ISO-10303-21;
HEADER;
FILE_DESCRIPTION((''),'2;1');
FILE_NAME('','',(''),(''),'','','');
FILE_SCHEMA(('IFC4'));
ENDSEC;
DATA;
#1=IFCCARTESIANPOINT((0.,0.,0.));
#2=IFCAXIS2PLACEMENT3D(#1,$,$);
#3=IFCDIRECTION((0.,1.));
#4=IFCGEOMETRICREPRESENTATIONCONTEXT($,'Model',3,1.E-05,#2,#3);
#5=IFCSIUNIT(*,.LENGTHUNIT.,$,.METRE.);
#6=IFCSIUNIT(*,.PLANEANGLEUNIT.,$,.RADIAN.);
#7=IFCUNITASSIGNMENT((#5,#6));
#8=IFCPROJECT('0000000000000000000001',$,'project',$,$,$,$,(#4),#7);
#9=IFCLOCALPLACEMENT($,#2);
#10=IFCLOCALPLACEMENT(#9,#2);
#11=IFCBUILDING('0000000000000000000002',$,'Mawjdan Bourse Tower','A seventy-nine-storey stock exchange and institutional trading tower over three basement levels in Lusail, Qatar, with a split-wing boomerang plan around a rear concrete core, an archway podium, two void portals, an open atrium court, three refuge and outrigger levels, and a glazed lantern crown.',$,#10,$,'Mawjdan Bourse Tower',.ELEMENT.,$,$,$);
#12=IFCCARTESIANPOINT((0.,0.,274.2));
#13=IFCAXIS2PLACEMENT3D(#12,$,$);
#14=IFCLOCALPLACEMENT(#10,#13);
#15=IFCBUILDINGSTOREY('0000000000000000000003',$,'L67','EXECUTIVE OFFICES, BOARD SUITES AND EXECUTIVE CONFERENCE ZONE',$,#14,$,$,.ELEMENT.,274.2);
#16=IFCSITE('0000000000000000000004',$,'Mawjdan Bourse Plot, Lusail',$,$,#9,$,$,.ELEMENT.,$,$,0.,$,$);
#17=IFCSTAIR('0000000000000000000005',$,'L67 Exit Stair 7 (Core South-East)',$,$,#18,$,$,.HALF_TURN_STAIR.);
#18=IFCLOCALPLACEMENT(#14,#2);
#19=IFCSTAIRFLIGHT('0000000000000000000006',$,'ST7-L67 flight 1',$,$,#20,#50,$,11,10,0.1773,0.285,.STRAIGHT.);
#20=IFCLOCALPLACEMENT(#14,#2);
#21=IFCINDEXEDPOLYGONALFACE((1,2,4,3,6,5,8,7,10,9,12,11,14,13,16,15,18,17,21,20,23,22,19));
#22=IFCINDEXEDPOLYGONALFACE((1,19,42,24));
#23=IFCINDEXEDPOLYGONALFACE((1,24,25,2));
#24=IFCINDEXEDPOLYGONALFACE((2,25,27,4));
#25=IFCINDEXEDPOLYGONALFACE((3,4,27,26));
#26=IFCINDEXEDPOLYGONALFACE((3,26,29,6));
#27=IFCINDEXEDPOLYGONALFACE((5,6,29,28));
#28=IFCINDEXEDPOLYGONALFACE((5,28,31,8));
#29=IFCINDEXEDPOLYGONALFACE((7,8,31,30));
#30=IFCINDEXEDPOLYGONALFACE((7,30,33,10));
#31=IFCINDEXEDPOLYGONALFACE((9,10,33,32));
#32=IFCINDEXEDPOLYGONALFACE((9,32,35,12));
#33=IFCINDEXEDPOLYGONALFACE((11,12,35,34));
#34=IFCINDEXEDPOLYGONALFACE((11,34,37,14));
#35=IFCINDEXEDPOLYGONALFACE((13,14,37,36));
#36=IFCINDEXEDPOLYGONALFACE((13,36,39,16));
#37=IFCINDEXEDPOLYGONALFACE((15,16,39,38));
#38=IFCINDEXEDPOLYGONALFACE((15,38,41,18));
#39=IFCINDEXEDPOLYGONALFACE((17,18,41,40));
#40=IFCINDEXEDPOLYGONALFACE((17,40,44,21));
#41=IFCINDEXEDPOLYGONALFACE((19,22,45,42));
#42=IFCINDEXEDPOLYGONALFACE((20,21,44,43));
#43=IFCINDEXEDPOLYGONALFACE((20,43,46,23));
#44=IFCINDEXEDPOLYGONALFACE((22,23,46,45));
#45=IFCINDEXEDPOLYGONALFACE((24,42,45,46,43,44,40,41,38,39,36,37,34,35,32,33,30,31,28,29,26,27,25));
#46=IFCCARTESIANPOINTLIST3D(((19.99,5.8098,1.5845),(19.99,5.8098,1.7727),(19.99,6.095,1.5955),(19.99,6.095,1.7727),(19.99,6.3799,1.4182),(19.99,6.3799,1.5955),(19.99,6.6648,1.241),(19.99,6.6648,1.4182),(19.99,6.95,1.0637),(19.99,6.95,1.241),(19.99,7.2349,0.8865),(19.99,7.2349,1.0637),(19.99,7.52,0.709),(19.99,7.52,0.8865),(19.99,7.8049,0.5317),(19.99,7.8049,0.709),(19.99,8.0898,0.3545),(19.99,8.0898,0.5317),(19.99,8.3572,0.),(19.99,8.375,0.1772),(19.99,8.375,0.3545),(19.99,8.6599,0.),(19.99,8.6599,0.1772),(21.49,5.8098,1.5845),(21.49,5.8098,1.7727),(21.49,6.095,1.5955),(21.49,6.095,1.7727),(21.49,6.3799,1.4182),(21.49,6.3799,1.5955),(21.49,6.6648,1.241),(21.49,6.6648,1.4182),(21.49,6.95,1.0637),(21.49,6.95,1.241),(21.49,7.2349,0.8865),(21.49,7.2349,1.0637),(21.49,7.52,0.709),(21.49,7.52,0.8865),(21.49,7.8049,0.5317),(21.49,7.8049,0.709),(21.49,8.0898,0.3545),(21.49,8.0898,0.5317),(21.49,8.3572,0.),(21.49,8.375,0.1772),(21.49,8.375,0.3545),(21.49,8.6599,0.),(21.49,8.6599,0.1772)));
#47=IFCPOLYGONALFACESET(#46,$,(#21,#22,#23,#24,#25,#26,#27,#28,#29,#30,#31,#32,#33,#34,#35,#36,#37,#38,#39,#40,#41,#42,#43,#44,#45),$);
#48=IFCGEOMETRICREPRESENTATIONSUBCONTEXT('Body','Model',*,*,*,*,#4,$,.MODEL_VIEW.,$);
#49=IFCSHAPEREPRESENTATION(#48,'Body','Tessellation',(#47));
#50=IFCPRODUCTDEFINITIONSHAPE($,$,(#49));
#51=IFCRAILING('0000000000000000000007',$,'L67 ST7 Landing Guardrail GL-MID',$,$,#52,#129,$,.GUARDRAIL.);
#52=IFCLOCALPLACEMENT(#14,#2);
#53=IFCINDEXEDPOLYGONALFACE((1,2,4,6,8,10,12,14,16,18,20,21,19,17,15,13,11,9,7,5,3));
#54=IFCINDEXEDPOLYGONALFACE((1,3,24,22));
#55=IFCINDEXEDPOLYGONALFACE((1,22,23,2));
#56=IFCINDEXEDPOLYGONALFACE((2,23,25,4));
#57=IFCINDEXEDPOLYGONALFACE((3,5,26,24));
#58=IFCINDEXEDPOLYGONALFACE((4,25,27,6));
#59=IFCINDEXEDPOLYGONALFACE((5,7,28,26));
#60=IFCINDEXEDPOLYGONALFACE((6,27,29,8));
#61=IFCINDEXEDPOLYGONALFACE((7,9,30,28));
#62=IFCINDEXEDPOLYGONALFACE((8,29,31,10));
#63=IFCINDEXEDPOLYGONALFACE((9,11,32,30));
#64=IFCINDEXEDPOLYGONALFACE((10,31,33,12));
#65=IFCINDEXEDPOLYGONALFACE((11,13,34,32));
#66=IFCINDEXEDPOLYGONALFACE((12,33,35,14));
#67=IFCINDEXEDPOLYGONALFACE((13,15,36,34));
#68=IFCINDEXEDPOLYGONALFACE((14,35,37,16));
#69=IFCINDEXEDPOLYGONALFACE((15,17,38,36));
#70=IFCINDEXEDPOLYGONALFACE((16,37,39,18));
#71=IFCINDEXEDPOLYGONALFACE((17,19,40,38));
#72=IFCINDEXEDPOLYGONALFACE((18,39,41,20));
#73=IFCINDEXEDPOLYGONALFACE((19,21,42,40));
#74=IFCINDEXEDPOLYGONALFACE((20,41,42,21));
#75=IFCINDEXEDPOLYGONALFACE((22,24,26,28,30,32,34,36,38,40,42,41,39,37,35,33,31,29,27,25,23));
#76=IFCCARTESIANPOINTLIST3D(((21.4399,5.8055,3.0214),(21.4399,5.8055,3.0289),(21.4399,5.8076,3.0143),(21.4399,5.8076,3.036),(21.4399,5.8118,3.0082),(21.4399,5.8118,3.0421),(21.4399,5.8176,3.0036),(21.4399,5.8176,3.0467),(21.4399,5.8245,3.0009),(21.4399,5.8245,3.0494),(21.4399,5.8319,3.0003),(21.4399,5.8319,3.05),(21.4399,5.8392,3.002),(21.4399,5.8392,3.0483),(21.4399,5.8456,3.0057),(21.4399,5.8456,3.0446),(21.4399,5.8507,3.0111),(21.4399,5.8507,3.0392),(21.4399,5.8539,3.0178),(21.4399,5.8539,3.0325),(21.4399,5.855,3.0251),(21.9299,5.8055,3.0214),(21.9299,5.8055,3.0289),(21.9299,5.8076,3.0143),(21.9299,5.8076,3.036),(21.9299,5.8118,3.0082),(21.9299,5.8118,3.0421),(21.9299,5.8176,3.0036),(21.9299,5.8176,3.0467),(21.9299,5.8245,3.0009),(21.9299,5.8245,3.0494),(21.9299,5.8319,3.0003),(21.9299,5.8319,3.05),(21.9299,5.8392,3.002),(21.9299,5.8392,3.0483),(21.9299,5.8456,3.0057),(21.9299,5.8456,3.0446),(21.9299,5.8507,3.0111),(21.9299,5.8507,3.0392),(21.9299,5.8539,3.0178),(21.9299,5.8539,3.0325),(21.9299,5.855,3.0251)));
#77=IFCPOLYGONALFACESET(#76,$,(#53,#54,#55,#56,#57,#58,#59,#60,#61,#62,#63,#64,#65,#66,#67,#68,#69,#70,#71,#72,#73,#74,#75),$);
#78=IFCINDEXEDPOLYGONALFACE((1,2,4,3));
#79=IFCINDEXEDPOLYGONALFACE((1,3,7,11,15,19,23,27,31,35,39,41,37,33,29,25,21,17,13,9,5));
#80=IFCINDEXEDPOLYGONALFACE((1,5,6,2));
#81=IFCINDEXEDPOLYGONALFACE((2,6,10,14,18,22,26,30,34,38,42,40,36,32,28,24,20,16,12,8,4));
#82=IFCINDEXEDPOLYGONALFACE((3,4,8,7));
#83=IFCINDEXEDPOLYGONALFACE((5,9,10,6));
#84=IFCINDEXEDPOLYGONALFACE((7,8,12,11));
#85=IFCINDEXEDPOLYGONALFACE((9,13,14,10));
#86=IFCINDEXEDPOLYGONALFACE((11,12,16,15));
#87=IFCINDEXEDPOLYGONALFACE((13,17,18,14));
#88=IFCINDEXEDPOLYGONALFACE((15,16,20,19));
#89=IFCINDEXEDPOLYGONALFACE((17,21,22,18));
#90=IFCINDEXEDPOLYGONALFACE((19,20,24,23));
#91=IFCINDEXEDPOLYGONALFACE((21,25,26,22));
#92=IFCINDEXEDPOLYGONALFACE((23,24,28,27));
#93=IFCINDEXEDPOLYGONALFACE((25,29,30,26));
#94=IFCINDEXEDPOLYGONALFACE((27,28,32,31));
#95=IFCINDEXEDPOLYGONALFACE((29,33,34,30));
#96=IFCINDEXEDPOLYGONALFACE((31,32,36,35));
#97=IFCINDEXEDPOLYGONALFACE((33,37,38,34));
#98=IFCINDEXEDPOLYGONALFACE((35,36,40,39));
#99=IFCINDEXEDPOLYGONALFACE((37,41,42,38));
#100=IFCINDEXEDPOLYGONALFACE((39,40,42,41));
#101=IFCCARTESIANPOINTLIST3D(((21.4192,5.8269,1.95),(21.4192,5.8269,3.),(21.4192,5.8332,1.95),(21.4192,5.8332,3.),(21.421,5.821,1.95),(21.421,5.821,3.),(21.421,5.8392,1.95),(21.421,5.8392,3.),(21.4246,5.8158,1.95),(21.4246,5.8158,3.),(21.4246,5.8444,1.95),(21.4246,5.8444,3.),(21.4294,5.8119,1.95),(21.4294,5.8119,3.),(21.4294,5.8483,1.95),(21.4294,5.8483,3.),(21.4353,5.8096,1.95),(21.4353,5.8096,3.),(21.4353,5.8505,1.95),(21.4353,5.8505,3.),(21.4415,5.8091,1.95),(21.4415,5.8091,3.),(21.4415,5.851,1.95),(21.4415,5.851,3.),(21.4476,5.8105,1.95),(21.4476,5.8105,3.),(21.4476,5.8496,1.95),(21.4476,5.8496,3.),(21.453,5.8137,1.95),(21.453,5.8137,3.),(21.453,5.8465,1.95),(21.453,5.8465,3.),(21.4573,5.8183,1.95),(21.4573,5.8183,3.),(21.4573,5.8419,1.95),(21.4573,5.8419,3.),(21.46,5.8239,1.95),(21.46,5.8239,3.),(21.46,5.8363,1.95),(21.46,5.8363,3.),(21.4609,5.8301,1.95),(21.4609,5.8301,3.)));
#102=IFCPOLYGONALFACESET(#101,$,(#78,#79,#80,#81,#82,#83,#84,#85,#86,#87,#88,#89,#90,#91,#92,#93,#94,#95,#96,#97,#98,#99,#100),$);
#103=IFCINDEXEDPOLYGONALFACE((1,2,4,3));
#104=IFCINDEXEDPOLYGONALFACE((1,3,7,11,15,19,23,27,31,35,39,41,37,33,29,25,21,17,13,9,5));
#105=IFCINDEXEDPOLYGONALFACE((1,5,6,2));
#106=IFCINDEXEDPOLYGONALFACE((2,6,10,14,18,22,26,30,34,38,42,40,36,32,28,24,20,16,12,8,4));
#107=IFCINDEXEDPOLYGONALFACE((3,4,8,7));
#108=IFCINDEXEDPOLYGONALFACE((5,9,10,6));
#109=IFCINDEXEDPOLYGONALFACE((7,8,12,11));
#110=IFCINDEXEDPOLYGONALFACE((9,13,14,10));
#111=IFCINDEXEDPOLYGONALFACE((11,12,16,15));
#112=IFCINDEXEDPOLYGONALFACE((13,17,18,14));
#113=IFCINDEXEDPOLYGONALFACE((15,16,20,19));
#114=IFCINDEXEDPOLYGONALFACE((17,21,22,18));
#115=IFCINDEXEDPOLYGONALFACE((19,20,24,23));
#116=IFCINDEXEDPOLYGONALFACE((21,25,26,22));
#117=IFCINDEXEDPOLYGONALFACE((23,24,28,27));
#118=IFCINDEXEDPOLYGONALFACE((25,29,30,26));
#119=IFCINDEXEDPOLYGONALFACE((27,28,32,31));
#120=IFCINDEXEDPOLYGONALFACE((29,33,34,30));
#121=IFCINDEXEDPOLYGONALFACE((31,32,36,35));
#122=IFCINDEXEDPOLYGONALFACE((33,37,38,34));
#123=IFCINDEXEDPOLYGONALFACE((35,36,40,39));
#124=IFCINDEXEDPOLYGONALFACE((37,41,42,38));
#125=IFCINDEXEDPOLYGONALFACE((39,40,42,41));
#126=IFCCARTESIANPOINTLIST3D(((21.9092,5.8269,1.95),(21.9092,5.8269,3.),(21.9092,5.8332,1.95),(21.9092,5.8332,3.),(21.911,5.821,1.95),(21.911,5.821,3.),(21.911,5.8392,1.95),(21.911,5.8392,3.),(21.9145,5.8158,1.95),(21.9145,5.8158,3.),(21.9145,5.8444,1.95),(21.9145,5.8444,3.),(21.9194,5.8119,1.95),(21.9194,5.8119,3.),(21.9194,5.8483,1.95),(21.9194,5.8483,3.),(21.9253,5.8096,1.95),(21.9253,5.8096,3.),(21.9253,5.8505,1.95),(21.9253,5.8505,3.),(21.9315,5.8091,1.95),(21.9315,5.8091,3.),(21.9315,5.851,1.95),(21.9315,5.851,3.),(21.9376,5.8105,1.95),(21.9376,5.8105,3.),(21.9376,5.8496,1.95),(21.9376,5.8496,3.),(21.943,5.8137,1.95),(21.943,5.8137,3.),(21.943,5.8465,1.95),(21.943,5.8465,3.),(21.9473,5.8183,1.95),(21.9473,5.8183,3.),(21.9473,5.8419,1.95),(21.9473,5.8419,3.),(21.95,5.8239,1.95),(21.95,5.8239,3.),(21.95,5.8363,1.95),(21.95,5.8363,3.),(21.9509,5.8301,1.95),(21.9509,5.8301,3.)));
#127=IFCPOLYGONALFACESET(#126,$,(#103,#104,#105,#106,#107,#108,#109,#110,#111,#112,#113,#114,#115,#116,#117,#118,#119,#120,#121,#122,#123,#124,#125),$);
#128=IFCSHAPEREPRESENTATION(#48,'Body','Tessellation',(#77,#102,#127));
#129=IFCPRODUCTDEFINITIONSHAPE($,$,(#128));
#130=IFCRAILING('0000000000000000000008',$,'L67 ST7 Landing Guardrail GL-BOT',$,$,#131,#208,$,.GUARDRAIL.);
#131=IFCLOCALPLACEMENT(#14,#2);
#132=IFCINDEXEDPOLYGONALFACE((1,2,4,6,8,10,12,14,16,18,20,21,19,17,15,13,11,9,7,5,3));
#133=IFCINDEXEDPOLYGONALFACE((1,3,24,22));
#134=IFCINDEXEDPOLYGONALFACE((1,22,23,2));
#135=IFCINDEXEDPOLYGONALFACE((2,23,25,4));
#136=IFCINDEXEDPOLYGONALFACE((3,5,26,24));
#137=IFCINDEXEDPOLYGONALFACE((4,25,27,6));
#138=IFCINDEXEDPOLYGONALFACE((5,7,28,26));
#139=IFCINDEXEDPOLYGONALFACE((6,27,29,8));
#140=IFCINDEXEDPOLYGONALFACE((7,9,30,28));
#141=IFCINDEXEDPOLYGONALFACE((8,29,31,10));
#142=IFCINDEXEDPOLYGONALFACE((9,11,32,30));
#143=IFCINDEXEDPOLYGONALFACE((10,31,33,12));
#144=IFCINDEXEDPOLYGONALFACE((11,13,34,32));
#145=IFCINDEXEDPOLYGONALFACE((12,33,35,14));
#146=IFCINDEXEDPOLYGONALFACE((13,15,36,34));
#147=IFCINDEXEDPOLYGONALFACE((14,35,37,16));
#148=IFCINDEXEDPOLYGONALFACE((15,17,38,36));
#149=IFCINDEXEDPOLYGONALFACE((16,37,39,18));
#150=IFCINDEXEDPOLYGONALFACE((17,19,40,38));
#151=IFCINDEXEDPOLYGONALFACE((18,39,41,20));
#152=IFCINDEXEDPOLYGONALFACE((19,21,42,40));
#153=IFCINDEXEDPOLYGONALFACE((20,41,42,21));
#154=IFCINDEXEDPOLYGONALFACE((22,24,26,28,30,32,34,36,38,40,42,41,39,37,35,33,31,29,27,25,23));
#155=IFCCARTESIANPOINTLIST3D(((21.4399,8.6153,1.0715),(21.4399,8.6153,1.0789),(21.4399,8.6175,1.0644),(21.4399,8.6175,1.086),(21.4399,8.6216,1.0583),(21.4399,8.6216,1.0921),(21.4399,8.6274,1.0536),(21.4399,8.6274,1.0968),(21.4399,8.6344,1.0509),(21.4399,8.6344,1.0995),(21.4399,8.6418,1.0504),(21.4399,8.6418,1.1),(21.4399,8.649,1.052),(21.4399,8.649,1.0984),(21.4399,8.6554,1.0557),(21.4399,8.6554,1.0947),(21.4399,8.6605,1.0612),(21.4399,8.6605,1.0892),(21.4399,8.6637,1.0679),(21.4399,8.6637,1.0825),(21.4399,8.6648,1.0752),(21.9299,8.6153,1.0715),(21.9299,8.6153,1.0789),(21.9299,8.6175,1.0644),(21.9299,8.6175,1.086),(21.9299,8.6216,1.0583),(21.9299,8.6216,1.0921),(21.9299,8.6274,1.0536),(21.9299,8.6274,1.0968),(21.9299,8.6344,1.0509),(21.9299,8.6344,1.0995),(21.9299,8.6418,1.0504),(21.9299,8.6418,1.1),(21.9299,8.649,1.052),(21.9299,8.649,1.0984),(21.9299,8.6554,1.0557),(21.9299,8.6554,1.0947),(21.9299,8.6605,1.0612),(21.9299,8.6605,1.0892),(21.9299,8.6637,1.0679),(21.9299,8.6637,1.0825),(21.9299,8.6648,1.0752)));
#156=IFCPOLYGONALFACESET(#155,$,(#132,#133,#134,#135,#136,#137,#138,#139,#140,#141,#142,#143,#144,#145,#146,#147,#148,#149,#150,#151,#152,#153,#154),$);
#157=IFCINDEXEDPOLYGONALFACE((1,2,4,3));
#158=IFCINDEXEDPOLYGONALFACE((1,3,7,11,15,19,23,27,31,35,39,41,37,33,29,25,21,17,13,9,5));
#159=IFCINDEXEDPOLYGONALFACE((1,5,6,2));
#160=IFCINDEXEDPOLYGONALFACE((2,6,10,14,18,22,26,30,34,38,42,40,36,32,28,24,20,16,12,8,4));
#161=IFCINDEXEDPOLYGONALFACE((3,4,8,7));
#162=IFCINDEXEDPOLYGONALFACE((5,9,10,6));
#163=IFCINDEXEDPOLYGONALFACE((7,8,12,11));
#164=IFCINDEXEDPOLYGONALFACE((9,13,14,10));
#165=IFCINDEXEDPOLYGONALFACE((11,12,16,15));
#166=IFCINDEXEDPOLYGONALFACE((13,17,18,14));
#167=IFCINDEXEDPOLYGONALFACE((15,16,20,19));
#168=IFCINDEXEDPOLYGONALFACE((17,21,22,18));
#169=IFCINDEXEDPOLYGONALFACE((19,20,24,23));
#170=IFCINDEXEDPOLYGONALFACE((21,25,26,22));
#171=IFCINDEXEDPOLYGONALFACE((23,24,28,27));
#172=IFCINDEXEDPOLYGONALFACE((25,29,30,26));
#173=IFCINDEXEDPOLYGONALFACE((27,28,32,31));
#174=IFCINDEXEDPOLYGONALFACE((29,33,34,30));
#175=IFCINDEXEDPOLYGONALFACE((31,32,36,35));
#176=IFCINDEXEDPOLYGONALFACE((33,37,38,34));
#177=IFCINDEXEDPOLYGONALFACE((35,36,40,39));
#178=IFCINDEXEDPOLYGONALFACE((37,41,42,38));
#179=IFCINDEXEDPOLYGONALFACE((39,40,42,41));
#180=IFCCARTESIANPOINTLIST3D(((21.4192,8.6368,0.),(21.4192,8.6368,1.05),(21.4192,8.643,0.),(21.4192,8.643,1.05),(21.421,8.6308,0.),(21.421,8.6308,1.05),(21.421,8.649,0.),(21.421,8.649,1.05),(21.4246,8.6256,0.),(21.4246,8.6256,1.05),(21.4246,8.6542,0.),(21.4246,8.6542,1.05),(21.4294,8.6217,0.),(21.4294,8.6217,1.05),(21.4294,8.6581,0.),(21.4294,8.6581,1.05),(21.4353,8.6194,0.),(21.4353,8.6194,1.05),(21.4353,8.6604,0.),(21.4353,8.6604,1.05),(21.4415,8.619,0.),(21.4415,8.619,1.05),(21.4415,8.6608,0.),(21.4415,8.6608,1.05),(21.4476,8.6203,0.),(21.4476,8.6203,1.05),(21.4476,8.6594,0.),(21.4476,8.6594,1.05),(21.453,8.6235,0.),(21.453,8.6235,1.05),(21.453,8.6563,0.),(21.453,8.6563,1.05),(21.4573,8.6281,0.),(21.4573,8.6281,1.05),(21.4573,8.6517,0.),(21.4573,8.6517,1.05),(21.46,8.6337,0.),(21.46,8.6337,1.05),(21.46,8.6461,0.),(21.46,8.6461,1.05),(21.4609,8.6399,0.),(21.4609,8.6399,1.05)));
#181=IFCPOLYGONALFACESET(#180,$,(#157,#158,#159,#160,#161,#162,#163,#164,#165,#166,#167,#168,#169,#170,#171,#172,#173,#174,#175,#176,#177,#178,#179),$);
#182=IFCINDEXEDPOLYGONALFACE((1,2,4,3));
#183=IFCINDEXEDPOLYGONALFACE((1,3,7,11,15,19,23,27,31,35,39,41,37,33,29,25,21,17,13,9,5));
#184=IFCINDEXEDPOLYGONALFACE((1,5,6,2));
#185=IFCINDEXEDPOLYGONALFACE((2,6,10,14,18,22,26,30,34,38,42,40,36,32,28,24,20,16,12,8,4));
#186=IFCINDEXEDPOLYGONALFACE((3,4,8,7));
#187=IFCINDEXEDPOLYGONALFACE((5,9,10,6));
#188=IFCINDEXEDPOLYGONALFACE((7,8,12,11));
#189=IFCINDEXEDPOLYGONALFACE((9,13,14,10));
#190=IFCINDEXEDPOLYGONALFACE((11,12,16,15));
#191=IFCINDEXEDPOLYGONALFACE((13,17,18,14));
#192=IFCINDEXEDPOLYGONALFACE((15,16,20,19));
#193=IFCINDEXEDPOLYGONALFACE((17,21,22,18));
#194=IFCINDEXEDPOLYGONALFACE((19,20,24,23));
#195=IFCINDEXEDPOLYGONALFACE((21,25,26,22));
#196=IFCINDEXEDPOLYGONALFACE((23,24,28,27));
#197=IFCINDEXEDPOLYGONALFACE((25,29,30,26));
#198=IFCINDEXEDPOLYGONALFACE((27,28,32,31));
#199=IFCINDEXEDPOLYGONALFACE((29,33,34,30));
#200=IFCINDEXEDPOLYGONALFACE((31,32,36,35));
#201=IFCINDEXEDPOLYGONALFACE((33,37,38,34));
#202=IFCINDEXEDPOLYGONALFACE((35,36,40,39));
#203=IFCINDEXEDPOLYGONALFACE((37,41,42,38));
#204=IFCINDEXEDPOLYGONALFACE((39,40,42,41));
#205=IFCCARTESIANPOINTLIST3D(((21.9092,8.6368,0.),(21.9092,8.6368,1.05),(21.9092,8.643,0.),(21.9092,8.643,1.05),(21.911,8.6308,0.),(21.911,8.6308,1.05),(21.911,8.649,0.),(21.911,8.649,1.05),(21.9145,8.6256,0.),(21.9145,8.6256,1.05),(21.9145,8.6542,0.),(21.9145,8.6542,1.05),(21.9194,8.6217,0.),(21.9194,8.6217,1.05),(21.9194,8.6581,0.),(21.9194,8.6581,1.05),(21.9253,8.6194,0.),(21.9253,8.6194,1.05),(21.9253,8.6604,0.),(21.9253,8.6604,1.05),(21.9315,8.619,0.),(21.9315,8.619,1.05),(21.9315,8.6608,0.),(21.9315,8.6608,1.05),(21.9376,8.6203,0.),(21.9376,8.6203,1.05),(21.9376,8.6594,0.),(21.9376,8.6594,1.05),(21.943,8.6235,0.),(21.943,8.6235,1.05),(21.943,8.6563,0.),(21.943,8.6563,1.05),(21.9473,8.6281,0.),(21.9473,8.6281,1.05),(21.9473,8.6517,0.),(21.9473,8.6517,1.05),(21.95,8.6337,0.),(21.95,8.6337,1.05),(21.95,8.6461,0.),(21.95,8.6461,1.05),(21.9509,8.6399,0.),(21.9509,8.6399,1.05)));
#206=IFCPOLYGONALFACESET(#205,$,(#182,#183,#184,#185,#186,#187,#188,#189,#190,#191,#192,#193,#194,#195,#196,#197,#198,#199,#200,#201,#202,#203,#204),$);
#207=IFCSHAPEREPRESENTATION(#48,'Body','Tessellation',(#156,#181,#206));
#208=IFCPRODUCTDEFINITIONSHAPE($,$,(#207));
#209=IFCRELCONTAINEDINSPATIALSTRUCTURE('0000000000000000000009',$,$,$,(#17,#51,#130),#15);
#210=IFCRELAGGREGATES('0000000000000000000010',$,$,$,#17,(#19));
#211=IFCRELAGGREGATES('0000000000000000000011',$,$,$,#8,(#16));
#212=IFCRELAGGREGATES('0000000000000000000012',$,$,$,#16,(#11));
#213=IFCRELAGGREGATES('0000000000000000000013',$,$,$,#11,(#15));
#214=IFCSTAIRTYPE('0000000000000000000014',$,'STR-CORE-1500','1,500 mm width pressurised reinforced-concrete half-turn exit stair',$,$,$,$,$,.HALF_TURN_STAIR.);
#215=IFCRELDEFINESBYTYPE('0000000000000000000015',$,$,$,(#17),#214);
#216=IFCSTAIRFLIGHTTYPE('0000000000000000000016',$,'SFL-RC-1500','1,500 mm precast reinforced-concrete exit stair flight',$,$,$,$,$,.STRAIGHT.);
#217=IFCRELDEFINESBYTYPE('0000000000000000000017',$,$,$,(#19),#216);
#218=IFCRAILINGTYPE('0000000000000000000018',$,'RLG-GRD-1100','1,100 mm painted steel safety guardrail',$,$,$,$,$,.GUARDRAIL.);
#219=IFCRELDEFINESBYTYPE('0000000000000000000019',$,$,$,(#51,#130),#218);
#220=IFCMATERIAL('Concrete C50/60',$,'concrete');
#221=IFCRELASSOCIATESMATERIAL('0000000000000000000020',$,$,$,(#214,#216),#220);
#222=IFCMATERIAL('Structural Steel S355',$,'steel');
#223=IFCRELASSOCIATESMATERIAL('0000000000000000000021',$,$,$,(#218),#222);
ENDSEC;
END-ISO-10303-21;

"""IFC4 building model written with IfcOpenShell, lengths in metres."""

from ifc_helpers import new_model, si_unit, direction, frame, origin, origin_2d, place, context, subcontext, project, spatial, polyline, circle, outline, extrude, material, type_object, element, aggregate, save


model = new_model("IFC4")

# Units and contexts
model_context = context("Model", 3, precision=1e-05, world=origin(), true_north=direction((0.0, 1.0)))
body_context = subcontext(model_context, "Body", "Model", "MODEL_VIEW")
ifc_project = project(units=[si_unit("LENGTHUNIT", "METRE"), si_unit("PLANEANGLEUNIT", "RADIAN")], contexts=[model_context])

# Site, building, storey
site_placement = place(None, origin())
site = spatial("IfcSite", under=ifc_project, at=site_placement, Name="Mawjdan Bourse Plot, Lusail", CompositionType="ELEMENT", RefElevation=0.0)
building_placement = place(site_placement, origin())
building = spatial("IfcBuilding", under=site, at=building_placement, Name="Mawjdan Bourse Tower", Description="A seventy-nine-storey stock exchange and institutional trading tower over three basement levels in Lusail, Qatar, with a split-wing boomerang plan around a rear concrete core, an archway podium, two void portals, an open atrium court, three refuge and outrigger levels, and a glazed lantern crown.", LongName="Mawjdan Bourse Tower", CompositionType="ELEMENT")
storey_placement = place(building_placement, frame((0.0, 0.0, 274.2)))
storey = spatial("IfcBuildingStorey", under=building, at=storey_placement, Name="L67", Description="EXECUTIVE OFFICES, BOARD SUITES AND EXECUTIVE CONFERENCE ZONE", CompositionType="ELEMENT", Elevation=274.2)

# Shared definitions
ifc_material_1 = material(Name="Structural Steel S355", Category="steel")

# Shared definitions
ifc_material_2 = material(Name="Concrete C50/60", Category="concrete")

# Stair, stair flight
stair_type = type_object("IfcStairType", Name="STR-CORE-1500", Description="1,500 mm width pressurised reinforced-concrete half-turn exit stair", PredefinedType="HALF_TURN_STAIR", material=ifc_material_2)
stair_placement = place(storey_placement, origin())
stair = element("IfcStair", 1, at=stair_placement, inside=storey, type_object=stair_type, Name="L67 Exit Stair 7 (Core South-East)", PredefinedType="HALF_TURN_STAIR")
stair_flight_type = type_object("IfcStairFlightType", Name="SFL-RC-1500", Description="1,500 mm precast reinforced-concrete exit stair flight", PredefinedType="STRAIGHT", material=ifc_material_2)
stair_flight_placement = place(storey_placement, frame((20.74, 8.6599, 0.0), z_axis=(0.0, 0.0, 1.0), x_axis=(0.0, -1.0, 0.0)))
stair_flight = element("IfcStairFlight", 2, at=stair_flight_placement, type_object=stair_flight_type, Name="ST7-L67 flight 1", NumberOfRisers=11, NumberOfTreads=10, PredefinedType="STRAIGHT", RiserHeight=0.1773, TreadLength=0.285, context=body_context, shape_type="SweptSolid", body=[
    extrude(outline(polyline([(0.0, 0.0), (0.0, 0.1772), (0.2849, 0.1772), (0.2849, 0.3545), (0.5701, 0.3545), (0.5701, 0.5317), (0.855, 0.5317), (0.855, 0.709), (1.1399, 0.709), (1.1399, 0.8865), (1.425, 0.8865), (1.425, 1.0637), (1.71, 1.0637), (1.71, 1.241), (1.9951, 1.241), (1.9951, 1.4182), (2.28, 1.4182), (2.28, 1.5955), (2.5649, 1.5955), (2.5649, 1.7727), (2.8501, 1.7727), (2.8501, 1.95), (2.8501, 1.5845), (0.3027, 0.0), (0.0, 0.0)])), frame((0.0, 0.75, 0.0), z_axis=(0.0, -1.0, 0.0), x_axis=(1.0, 0.0, 0.0)), (0.0, 0.0, 1.0), 1.5),
])
aggregate(stair, [stair_flight])

# Railings
railing_type_1 = type_object("IfcRailingType", Name="RLG-GRD-1100", Description="1,100 mm painted steel safety guardrail", PredefinedType="GUARDRAIL", material=ifc_material_1)
for number, where, name in (
    (3, (21.4399, 5.8301, 1.95), "L67 ST7 Landing Guardrail GL-MID"),
    (4, (21.4399, 8.6399, 0.0), "L67 ST7 Landing Guardrail GL-BOT"),
):
    element("IfcRailing", number, at=place(storey_placement, frame(where)), inside=storey, type_object=railing_type_1, Name=name, PredefinedType="GUARDRAIL", context=body_context, shape_type="SweptSolid", body=[
        extrude(circle(Radius=0.0249, at=origin_2d()), frame((0.0, 0.0, 1.0752), z_axis=(1.0, 0.0, 0.0), x_axis=(0.0, 1.0, 0.0)), (0.0, 0.0, 1.0), 0.49),
        extrude(circle(Radius=0.021, at=origin_2d()), origin(), (0.0, 0.0, 1.0), 1.05),
        extrude(circle(Radius=0.021, at=origin_2d()), frame((0.49, 0.0, 0.0)), (0.0, 0.0, 1.0), 1.05),
    ])

save(model, "model.ifc")
